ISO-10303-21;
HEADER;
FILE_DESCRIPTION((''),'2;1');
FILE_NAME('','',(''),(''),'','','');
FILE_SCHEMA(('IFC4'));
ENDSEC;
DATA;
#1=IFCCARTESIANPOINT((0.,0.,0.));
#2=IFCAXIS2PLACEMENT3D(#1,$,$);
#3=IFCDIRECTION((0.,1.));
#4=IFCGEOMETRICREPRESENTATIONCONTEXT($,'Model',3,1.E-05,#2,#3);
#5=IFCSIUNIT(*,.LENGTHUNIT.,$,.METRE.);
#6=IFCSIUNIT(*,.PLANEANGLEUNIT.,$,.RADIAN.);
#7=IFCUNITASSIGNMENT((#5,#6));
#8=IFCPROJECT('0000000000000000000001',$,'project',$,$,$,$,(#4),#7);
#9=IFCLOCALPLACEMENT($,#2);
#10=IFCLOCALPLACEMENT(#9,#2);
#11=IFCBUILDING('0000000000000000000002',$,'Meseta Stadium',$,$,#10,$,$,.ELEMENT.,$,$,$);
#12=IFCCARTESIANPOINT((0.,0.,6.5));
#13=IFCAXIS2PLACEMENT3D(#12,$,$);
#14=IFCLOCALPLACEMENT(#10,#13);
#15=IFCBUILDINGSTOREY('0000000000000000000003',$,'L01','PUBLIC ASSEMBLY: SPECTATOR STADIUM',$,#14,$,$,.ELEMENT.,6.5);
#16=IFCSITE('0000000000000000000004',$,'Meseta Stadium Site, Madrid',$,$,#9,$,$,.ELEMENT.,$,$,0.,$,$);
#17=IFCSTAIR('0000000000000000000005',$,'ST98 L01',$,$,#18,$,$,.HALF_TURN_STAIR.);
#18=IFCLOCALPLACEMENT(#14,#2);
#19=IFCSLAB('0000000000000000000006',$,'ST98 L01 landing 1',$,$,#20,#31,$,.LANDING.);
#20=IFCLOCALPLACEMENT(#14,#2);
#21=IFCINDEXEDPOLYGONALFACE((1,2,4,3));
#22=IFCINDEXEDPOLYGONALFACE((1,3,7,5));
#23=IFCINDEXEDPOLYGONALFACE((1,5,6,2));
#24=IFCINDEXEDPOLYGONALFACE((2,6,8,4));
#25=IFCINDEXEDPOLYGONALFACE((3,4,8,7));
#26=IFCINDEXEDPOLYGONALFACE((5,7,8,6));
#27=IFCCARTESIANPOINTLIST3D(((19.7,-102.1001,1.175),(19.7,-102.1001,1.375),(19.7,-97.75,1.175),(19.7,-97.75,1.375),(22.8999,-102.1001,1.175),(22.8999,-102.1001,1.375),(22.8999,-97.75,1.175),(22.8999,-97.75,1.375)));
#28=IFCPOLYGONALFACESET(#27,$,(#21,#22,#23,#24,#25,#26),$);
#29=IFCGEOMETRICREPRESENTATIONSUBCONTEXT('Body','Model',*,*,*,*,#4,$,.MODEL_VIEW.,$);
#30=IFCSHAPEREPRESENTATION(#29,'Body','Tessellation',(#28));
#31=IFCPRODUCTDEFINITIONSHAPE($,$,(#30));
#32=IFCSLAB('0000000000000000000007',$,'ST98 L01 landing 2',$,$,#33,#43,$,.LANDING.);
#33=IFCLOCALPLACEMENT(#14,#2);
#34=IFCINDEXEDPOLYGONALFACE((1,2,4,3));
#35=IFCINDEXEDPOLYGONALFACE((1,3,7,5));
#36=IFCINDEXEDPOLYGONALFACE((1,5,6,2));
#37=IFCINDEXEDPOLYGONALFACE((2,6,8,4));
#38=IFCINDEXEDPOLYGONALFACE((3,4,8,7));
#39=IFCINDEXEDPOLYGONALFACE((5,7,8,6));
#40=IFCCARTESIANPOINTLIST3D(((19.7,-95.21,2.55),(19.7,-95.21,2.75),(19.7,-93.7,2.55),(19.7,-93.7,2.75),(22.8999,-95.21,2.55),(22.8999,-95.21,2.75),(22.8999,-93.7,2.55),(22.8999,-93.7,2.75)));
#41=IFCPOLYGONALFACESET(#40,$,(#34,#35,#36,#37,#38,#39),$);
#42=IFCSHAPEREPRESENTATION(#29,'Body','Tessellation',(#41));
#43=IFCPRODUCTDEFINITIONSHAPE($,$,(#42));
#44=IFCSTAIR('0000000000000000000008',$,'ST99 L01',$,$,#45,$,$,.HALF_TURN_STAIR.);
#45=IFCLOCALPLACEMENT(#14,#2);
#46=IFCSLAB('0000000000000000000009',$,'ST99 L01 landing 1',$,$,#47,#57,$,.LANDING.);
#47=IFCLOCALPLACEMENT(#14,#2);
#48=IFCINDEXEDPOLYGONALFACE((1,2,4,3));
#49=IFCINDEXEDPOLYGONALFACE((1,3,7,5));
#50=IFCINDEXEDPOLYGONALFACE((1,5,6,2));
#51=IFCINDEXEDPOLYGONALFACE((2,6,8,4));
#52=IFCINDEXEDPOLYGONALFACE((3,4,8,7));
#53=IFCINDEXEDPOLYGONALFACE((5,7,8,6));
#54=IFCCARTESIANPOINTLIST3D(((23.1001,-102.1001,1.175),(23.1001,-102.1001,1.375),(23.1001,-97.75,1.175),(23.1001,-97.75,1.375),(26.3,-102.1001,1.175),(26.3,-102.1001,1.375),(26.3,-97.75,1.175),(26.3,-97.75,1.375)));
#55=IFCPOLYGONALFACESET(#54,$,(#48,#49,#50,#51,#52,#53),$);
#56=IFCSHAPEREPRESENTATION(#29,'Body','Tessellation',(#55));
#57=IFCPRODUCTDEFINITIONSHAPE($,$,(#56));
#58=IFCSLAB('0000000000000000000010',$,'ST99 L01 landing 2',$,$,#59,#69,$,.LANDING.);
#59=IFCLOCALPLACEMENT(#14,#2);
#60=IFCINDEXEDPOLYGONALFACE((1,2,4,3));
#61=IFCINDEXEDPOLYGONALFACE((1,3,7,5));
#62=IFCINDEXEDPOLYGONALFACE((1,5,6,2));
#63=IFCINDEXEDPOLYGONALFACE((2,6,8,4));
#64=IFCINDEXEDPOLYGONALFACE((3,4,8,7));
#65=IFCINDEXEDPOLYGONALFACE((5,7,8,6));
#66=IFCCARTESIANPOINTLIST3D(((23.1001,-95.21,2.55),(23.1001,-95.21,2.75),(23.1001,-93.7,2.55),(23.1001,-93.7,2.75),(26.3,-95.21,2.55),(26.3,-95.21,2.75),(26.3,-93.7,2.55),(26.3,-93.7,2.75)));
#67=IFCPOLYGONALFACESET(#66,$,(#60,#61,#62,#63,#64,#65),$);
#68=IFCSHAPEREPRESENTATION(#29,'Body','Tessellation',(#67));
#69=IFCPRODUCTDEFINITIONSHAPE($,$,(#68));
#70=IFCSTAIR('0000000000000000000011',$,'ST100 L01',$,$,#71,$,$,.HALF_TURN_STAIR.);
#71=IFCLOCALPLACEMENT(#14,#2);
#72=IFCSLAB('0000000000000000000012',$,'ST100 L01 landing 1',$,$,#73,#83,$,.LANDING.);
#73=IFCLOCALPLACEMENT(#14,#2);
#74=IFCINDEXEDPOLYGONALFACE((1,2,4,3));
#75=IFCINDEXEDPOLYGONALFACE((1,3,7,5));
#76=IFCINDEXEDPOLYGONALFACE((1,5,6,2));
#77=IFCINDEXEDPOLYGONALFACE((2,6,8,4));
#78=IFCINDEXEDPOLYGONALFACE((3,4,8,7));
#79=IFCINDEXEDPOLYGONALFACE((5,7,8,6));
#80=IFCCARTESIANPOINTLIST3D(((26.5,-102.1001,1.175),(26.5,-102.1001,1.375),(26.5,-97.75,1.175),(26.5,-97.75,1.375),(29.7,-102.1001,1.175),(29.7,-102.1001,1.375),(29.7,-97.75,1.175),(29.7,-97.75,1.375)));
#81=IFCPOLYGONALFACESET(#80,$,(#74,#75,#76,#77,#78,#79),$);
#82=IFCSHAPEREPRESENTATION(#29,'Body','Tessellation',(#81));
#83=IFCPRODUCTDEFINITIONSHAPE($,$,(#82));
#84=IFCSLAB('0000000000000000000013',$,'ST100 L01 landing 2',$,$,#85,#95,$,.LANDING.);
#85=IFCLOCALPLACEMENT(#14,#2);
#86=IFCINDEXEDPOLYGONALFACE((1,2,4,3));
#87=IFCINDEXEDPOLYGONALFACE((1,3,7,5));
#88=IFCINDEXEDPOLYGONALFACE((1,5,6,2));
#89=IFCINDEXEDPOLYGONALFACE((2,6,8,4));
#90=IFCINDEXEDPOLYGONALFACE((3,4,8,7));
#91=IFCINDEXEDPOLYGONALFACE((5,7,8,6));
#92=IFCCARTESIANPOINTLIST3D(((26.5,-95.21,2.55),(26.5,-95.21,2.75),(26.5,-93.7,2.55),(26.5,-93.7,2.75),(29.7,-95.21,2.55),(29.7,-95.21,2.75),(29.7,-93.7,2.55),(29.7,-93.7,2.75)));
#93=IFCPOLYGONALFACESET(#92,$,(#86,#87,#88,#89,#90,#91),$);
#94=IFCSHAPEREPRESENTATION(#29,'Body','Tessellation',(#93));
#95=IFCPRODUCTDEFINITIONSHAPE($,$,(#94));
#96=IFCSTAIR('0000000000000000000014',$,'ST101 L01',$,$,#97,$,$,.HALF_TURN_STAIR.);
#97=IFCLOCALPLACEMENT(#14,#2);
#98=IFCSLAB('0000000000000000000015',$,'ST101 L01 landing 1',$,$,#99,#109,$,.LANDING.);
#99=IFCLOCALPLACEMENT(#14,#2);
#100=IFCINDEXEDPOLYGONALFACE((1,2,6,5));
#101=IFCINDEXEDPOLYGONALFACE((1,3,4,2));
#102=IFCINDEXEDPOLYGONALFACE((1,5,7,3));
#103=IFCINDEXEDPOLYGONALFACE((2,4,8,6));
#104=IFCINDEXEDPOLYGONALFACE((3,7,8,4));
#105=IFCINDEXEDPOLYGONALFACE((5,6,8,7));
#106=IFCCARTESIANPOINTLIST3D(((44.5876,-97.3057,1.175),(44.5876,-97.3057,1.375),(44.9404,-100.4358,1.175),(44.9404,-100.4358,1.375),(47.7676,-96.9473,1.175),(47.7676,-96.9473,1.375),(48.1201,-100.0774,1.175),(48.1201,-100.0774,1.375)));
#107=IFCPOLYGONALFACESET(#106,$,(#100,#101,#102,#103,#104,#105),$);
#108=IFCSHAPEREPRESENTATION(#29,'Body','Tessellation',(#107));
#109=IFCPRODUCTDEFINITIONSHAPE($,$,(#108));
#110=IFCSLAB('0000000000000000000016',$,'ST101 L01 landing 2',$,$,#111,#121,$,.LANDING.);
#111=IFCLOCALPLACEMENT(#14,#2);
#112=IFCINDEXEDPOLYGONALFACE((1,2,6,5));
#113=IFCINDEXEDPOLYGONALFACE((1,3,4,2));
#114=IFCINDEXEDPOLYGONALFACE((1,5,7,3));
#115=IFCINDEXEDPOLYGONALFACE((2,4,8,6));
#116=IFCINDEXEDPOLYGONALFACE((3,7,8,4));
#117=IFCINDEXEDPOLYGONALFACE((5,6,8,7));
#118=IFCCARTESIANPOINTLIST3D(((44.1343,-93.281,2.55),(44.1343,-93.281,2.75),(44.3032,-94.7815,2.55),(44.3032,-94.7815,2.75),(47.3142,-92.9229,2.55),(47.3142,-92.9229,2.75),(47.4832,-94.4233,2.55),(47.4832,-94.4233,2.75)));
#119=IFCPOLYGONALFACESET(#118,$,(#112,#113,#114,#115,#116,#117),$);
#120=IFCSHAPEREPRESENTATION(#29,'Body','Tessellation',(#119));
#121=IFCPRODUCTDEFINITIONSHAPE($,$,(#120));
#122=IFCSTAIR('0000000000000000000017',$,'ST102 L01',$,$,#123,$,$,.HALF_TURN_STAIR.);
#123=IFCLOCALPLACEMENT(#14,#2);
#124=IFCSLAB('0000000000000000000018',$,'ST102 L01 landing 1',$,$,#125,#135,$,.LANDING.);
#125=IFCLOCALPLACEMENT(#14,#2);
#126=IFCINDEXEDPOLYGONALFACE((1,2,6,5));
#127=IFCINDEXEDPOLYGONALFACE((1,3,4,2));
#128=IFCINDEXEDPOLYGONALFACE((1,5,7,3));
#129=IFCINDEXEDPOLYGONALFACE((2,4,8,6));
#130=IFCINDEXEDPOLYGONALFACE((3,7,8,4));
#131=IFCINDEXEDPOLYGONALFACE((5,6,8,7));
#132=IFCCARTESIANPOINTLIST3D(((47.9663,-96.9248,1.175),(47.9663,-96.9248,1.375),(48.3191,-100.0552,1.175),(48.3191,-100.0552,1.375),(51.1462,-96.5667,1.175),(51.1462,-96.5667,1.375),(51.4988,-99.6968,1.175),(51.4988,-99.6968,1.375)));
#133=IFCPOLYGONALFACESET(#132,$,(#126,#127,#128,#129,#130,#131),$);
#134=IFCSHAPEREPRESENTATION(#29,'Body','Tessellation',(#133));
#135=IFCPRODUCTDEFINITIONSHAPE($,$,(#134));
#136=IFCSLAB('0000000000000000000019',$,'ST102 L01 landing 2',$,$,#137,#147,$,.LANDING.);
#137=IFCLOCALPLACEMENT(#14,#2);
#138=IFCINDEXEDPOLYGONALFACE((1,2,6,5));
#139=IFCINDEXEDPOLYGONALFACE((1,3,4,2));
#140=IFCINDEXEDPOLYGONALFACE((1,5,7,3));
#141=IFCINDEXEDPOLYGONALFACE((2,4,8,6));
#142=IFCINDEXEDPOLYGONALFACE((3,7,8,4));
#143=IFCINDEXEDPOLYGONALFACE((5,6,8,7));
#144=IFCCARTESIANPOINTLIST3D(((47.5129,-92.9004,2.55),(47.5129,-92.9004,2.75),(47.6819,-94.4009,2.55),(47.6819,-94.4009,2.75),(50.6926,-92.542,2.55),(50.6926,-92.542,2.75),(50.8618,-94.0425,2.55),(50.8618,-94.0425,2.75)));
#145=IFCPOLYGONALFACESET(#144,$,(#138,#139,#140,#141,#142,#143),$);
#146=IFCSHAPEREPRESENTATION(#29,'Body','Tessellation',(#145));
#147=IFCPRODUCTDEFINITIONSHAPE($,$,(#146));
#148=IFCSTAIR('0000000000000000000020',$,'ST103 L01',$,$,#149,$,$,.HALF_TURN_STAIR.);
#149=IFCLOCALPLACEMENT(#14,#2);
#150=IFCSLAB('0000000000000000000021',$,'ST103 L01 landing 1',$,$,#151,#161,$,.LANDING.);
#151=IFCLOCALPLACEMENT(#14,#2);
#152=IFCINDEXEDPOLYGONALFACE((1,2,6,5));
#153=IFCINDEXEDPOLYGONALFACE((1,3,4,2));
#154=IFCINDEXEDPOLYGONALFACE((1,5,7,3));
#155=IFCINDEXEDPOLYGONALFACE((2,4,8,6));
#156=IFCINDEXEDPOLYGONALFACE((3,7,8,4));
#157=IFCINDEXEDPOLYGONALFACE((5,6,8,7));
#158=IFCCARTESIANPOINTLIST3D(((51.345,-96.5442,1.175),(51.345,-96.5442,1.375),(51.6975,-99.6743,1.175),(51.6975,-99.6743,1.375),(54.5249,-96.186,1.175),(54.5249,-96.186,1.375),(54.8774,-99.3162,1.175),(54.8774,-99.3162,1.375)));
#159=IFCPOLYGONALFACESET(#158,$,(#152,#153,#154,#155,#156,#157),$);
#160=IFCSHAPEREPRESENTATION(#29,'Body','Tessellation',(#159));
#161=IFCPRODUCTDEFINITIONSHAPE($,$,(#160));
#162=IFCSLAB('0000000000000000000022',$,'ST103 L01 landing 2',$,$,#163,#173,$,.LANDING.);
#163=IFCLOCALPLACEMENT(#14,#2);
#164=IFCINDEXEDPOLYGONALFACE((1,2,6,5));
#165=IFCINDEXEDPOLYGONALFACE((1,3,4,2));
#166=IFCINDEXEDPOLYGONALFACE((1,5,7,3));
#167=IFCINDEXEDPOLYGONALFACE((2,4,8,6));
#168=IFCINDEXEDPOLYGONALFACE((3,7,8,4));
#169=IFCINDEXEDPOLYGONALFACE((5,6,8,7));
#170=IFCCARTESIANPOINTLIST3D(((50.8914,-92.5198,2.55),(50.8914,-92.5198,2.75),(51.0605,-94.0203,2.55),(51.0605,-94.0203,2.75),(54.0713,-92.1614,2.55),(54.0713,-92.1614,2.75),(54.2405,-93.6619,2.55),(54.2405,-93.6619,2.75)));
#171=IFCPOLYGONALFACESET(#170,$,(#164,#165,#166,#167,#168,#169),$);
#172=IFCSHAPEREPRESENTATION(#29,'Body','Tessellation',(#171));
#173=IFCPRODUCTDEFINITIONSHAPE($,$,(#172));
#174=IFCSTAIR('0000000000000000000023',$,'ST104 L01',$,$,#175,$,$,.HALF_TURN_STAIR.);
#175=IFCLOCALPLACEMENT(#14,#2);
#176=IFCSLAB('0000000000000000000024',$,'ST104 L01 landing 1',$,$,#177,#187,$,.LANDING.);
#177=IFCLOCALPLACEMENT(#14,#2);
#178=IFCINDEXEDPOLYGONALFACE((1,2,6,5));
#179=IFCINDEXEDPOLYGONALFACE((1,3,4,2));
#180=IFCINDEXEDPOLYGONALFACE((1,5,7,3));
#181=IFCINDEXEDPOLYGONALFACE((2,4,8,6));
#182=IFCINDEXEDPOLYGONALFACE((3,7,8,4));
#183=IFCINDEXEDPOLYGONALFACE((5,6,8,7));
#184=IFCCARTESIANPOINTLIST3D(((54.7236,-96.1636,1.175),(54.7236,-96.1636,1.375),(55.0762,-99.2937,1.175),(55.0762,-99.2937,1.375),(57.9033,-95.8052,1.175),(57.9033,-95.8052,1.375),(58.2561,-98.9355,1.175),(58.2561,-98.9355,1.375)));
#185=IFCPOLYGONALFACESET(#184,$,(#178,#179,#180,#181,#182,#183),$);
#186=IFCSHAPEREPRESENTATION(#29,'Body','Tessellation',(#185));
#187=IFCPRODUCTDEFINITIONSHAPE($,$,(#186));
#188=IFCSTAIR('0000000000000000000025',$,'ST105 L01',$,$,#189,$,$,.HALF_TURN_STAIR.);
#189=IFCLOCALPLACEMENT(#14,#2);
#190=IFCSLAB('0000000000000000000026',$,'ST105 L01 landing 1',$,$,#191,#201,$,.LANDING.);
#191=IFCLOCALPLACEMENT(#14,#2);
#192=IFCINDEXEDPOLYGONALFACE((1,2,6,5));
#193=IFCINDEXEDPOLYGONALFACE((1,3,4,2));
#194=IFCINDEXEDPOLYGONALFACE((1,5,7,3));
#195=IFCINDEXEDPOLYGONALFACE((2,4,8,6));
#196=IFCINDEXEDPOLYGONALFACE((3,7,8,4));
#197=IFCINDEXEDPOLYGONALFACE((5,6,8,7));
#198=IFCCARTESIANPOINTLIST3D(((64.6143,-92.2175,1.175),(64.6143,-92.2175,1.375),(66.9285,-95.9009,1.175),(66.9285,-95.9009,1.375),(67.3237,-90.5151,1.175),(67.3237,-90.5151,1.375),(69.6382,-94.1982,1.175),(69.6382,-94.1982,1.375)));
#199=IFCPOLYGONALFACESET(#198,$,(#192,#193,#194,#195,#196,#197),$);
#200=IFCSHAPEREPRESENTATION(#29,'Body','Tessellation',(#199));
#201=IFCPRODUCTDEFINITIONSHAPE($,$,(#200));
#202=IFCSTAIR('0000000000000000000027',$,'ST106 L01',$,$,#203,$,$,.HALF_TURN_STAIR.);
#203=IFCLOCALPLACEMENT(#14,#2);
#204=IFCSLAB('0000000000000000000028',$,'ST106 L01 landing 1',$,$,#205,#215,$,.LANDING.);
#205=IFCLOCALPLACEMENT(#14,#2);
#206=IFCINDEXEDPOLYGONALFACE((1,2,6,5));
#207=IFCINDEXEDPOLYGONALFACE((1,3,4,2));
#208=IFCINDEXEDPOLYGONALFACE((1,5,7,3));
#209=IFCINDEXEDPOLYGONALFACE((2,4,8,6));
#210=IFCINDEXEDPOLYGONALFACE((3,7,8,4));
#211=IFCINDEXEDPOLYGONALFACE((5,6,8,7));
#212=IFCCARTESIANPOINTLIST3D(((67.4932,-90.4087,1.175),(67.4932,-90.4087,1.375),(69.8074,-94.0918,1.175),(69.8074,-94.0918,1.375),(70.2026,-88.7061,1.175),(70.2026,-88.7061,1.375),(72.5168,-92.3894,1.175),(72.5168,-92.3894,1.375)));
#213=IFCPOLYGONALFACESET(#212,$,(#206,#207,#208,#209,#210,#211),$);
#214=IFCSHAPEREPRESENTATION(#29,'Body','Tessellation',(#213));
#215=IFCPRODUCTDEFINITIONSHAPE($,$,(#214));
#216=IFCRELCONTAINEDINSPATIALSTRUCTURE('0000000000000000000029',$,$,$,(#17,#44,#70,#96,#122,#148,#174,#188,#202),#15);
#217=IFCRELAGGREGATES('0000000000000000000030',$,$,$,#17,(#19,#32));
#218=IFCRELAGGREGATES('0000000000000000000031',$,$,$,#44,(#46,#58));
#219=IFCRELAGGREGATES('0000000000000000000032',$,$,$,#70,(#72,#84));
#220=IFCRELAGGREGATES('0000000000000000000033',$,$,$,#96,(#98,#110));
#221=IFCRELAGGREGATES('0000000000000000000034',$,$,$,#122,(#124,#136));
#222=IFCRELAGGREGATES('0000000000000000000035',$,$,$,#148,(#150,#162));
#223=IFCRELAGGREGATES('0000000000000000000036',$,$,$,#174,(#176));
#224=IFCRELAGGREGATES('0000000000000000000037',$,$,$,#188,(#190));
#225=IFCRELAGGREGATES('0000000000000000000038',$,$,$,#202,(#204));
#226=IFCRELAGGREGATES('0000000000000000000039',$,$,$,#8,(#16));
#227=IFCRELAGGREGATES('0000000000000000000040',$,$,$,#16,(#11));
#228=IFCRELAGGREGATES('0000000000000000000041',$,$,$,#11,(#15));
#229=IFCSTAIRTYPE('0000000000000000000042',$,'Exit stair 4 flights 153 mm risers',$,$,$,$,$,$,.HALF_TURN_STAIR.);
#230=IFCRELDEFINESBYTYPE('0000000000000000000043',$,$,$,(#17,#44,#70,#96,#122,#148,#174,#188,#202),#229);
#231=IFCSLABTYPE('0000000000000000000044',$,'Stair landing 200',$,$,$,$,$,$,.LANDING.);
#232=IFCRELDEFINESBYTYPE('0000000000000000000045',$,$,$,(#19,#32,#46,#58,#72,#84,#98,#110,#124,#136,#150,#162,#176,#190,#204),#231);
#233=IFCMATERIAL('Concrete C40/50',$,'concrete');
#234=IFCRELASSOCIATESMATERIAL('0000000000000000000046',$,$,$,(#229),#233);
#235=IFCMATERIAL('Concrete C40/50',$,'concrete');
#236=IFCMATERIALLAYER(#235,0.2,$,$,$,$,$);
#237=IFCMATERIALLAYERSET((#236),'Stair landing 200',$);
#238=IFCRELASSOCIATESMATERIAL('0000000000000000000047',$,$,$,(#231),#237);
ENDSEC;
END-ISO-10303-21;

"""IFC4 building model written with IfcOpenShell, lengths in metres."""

from ifc_helpers import new_model, si_unit, direction, frame, origin, place, context, subcontext, project, spatial, polyline, outline, extrude, material, layer, layer_set, type_object, element, aggregate, save


model = new_model("IFC4")

# Units and contexts
model_context = context("Model", 3, precision=1e-05, world=origin(), true_north=direction((0.0, 1.0)))
body_context = subcontext(model_context, "Body", "Model", "MODEL_VIEW")
ifc_project = project(units=[si_unit("LENGTHUNIT", "METRE"), si_unit("PLANEANGLEUNIT", "RADIAN")], contexts=[model_context])

# Site, building, storey
site_placement = place(None, origin())
site = spatial("IfcSite", under=ifc_project, at=site_placement, Name="Meseta Stadium Site, Madrid", CompositionType="ELEMENT", RefElevation=0.0)
building_placement = place(site_placement, origin())
building = spatial("IfcBuilding", under=site, at=building_placement, Name="Meseta Stadium", CompositionType="ELEMENT")
storey_placement = place(building_placement, frame((0.0, 0.0, 6.5)))
storey = spatial("IfcBuildingStorey", under=building, at=storey_placement, Name="L01", Description="PUBLIC ASSEMBLY: SPECTATOR STADIUM", CompositionType="ELEMENT", Elevation=6.5)

# Shared definitions
ifc_material_1 = material(Name="Concrete C40/50", Category="concrete")
stair_type = type_object("IfcStairType", Name="Exit stair 4 flights 153 mm risers", PredefinedType="HALF_TURN_STAIR", material=ifc_material_1)
ifc_material_2 = material(Name="Concrete C40/50", Category="concrete")
ifc_layer = layer(ifc_material_2, 0.2)
ifc_layer_set = layer_set([ifc_layer], Name="Stair landing 200")
slab_type = type_object("IfcSlabType", Name="Stair landing 200", PredefinedType="LANDING", material=ifc_layer_set)

# Stairs, slabs
stair_1_placement = place(storey_placement, origin())
stair_1 = element("IfcStair", 1, at=stair_1_placement, inside=storey, type_object=stair_type, Name="ST98 L01", PredefinedType="HALF_TURN_STAIR")
slab_1_placement = place(storey_placement, frame((0.0, 0.0, 1.175)))
slab_1 = element("IfcSlab", 2, at=slab_1_placement, type_object=slab_type, Name="ST98 L01 landing 1", PredefinedType="LANDING", context=body_context, shape_type="SweptSolid", body=[
    extrude(outline(polyline([(19.7, -97.75), (19.7, -102.1001), (22.8999, -102.1001), (22.8999, -97.75), (19.7, -97.75)])), origin(), (0.0, 0.0, 1.0), 0.2),
])
slab_2_placement = place(storey_placement, frame((0.0, 0.0, 2.55)))
slab_2 = element("IfcSlab", 3, at=slab_2_placement, type_object=slab_type, Name="ST98 L01 landing 2", PredefinedType="LANDING", context=body_context, shape_type="SweptSolid", body=[
    extrude(outline(polyline([(19.7, -93.7), (19.7, -95.21), (22.8999, -95.21), (22.8999, -93.7), (19.7, -93.7)])), origin(), (0.0, 0.0, 1.0), 0.2),
])
aggregate(stair_1, [slab_1, slab_2])
stair_2_placement = place(storey_placement, origin())
stair_2 = element("IfcStair", 4, at=stair_2_placement, inside=storey, type_object=stair_type, Name="ST99 L01", PredefinedType="HALF_TURN_STAIR")
slab_3_placement = place(storey_placement, frame((0.0, 0.0, 1.175)))
slab_3 = element("IfcSlab", 5, at=slab_3_placement, type_object=slab_type, Name="ST99 L01 landing 1", PredefinedType="LANDING", context=body_context, shape_type="SweptSolid", body=[
    extrude(outline(polyline([(23.1001, -97.75), (23.1001, -102.1001), (26.3, -102.1001), (26.3, -97.75), (23.1001, -97.75)])), origin(), (0.0, 0.0, 1.0), 0.2),
])
slab_4_placement = place(storey_placement, frame((0.0, 0.0, 2.55)))
slab_4 = element("IfcSlab", 6, at=slab_4_placement, type_object=slab_type, Name="ST99 L01 landing 2", PredefinedType="LANDING", context=body_context, shape_type="SweptSolid", body=[
    extrude(outline(polyline([(23.1001, -93.7), (23.1001, -95.21), (26.3, -95.21), (26.3, -93.7), (23.1001, -93.7)])), origin(), (0.0, 0.0, 1.0), 0.2),
])
aggregate(stair_2, [slab_3, slab_4])
stair_3_placement = place(storey_placement, origin())
stair_3 = element("IfcStair", 7, at=stair_3_placement, inside=storey, type_object=stair_type, Name="ST100 L01", PredefinedType="HALF_TURN_STAIR")
slab_5_placement = place(storey_placement, frame((0.0, 0.0, 1.175)))
slab_5 = element("IfcSlab", 8, at=slab_5_placement, type_object=slab_type, Name="ST100 L01 landing 1", PredefinedType="LANDING", context=body_context, shape_type="SweptSolid", body=[
    extrude(outline(polyline([(26.5, -97.75), (26.5, -102.1001), (29.7, -102.1001), (29.7, -97.75), (26.5, -97.75)])), origin(), (0.0, 0.0, 1.0), 0.2),
])
slab_6_placement = place(storey_placement, frame((0.0, 0.0, 2.55)))
slab_6 = element("IfcSlab", 9, at=slab_6_placement, type_object=slab_type, Name="ST100 L01 landing 2", PredefinedType="LANDING", context=body_context, shape_type="SweptSolid", body=[
    extrude(outline(polyline([(26.5, -93.7), (26.5, -95.21), (29.7, -95.21), (29.7, -93.7), (26.5, -93.7)])), origin(), (0.0, 0.0, 1.0), 0.2),
])
aggregate(stair_3, [slab_5, slab_6])
stair_4_placement = place(storey_placement, origin())
stair_4 = element("IfcStair", 10, at=stair_4_placement, inside=storey, type_object=stair_type, Name="ST101 L01", PredefinedType="HALF_TURN_STAIR")
slab_7_placement = place(storey_placement, frame((0.0, 0.0, 1.175)))
slab_7 = element("IfcSlab", 11, at=slab_7_placement, type_object=slab_type, Name="ST101 L01 landing 1", PredefinedType="LANDING", context=body_context, shape_type="SweptSolid", body=[
    extrude(outline(polyline([(44.5876, -97.3057), (44.9404, -100.4358), (48.1201, -100.0774), (47.7676, -96.9473), (44.5876, -97.3057)])), origin(), (0.0, 0.0, 1.0), 0.2),
])
slab_8_placement = place(storey_placement, frame((0.0, 0.0, 2.55)))
slab_8 = element("IfcSlab", 12, at=slab_8_placement, type_object=slab_type, Name="ST101 L01 landing 2", PredefinedType="LANDING", context=body_context, shape_type="SweptSolid", body=[
    extrude(outline(polyline([(44.1343, -93.281), (44.3032, -94.7815), (47.4832, -94.4233), (47.3142, -92.9229), (44.1343, -93.281)])), origin(), (0.0, 0.0, 1.0), 0.2),
])
aggregate(stair_4, [slab_7, slab_8])
stair_5_placement = place(storey_placement, origin())
stair_5 = element("IfcStair", 13, at=stair_5_placement, inside=storey, type_object=stair_type, Name="ST102 L01", PredefinedType="HALF_TURN_STAIR")
slab_9_placement = place(storey_placement, frame((0.0, 0.0, 1.175)))
slab_9 = element("IfcSlab", 14, at=slab_9_placement, type_object=slab_type, Name="ST102 L01 landing 1", PredefinedType="LANDING", context=body_context, shape_type="SweptSolid", body=[
    extrude(outline(polyline([(47.9663, -96.9248), (48.3191, -100.0552), (51.4988, -99.6968), (51.1462, -96.5667), (47.9663, -96.9248)])), origin(), (0.0, 0.0, 1.0), 0.2),
])
slab_10_placement = place(storey_placement, frame((0.0, 0.0, 2.55)))
slab_10 = element("IfcSlab", 15, at=slab_10_placement, type_object=slab_type, Name="ST102 L01 landing 2", PredefinedType="LANDING", context=body_context, shape_type="SweptSolid", body=[
    extrude(outline(polyline([(47.5129, -92.9004), (47.6819, -94.4009), (50.8618, -94.0425), (50.6926, -92.542), (47.5129, -92.9004)])), origin(), (0.0, 0.0, 1.0), 0.2),
])
aggregate(stair_5, [slab_9, slab_10])
stair_6_placement = place(storey_placement, origin())
stair_6 = element("IfcStair", 16, at=stair_6_placement, inside=storey, type_object=stair_type, Name="ST103 L01", PredefinedType="HALF_TURN_STAIR")
slab_11_placement = place(storey_placement, frame((0.0, 0.0, 1.175)))
slab_11 = element("IfcSlab", 17, at=slab_11_placement, type_object=slab_type, Name="ST103 L01 landing 1", PredefinedType="LANDING", context=body_context, shape_type="SweptSolid", body=[
    extrude(outline(polyline([(51.345, -96.5442), (51.6975, -99.6743), (54.8774, -99.3162), (54.5249, -96.186), (51.345, -96.5442)])), origin(), (0.0, 0.0, 1.0), 0.2),
])
slab_12_placement = place(storey_placement, frame((0.0, 0.0, 2.55)))
slab_12 = element("IfcSlab", 18, at=slab_12_placement, type_object=slab_type, Name="ST103 L01 landing 2", PredefinedType="LANDING", context=body_context, shape_type="SweptSolid", body=[
    extrude(outline(polyline([(50.8914, -92.5198), (51.0605, -94.0203), (54.2405, -93.6619), (54.0713, -92.1614), (50.8914, -92.5198)])), origin(), (0.0, 0.0, 1.0), 0.2),
])
aggregate(stair_6, [slab_11, slab_12])

# Stairs, slabs
stair_7_placement = place(storey_placement, origin())
stair_7 = element("IfcStair", 19, at=stair_7_placement, inside=storey, type_object=stair_type, Name="ST104 L01", PredefinedType="HALF_TURN_STAIR")
slab_13_placement = place(storey_placement, frame((0.0, 0.0, 1.175)))
slab_13 = element("IfcSlab", 20, at=slab_13_placement, type_object=slab_type, Name="ST104 L01 landing 1", PredefinedType="LANDING", context=body_context, shape_type="SweptSolid", body=[
    extrude(outline(polyline([(54.7236, -96.1636), (55.0762, -99.2937), (58.2561, -98.9355), (57.9033, -95.8052), (54.7236, -96.1636)])), origin(), (0.0, 0.0, 1.0), 0.2),
])
aggregate(stair_7, [slab_13])
stair_8_placement = place(storey_placement, origin())
stair_8 = element("IfcStair", 21, at=stair_8_placement, inside=storey, type_object=stair_type, Name="ST105 L01", PredefinedType="HALF_TURN_STAIR")
slab_14_placement = place(storey_placement, frame((0.0, 0.0, 1.175)))
slab_14 = element("IfcSlab", 22, at=slab_14_placement, type_object=slab_type, Name="ST105 L01 landing 1", PredefinedType="LANDING", context=body_context, shape_type="SweptSolid", body=[
    extrude(outline(polyline([(64.6143, -92.2175), (66.9285, -95.9009), (69.6382, -94.1982), (67.3237, -90.5151), (64.6143, -92.2175)])), origin(), (0.0, 0.0, 1.0), 0.2),
])
aggregate(stair_8, [slab_14])
stair_9_placement = place(storey_placement, origin())
stair_9 = element("IfcStair", 23, at=stair_9_placement, inside=storey, type_object=stair_type, Name="ST106 L01", PredefinedType="HALF_TURN_STAIR")
slab_15_placement = place(storey_placement, frame((0.0, 0.0, 1.175)))
slab_15 = element("IfcSlab", 24, at=slab_15_placement, type_object=slab_type, Name="ST106 L01 landing 1", PredefinedType="LANDING", context=body_context, shape_type="SweptSolid", body=[
    extrude(outline(polyline([(67.4932, -90.4087), (69.8074, -94.0918), (72.5168, -92.3894), (70.2026, -88.7061), (67.4932, -90.4087)])), origin(), (0.0, 0.0, 1.0), 0.2),
])
aggregate(stair_9, [slab_15])

save(model, "model.ifc")
